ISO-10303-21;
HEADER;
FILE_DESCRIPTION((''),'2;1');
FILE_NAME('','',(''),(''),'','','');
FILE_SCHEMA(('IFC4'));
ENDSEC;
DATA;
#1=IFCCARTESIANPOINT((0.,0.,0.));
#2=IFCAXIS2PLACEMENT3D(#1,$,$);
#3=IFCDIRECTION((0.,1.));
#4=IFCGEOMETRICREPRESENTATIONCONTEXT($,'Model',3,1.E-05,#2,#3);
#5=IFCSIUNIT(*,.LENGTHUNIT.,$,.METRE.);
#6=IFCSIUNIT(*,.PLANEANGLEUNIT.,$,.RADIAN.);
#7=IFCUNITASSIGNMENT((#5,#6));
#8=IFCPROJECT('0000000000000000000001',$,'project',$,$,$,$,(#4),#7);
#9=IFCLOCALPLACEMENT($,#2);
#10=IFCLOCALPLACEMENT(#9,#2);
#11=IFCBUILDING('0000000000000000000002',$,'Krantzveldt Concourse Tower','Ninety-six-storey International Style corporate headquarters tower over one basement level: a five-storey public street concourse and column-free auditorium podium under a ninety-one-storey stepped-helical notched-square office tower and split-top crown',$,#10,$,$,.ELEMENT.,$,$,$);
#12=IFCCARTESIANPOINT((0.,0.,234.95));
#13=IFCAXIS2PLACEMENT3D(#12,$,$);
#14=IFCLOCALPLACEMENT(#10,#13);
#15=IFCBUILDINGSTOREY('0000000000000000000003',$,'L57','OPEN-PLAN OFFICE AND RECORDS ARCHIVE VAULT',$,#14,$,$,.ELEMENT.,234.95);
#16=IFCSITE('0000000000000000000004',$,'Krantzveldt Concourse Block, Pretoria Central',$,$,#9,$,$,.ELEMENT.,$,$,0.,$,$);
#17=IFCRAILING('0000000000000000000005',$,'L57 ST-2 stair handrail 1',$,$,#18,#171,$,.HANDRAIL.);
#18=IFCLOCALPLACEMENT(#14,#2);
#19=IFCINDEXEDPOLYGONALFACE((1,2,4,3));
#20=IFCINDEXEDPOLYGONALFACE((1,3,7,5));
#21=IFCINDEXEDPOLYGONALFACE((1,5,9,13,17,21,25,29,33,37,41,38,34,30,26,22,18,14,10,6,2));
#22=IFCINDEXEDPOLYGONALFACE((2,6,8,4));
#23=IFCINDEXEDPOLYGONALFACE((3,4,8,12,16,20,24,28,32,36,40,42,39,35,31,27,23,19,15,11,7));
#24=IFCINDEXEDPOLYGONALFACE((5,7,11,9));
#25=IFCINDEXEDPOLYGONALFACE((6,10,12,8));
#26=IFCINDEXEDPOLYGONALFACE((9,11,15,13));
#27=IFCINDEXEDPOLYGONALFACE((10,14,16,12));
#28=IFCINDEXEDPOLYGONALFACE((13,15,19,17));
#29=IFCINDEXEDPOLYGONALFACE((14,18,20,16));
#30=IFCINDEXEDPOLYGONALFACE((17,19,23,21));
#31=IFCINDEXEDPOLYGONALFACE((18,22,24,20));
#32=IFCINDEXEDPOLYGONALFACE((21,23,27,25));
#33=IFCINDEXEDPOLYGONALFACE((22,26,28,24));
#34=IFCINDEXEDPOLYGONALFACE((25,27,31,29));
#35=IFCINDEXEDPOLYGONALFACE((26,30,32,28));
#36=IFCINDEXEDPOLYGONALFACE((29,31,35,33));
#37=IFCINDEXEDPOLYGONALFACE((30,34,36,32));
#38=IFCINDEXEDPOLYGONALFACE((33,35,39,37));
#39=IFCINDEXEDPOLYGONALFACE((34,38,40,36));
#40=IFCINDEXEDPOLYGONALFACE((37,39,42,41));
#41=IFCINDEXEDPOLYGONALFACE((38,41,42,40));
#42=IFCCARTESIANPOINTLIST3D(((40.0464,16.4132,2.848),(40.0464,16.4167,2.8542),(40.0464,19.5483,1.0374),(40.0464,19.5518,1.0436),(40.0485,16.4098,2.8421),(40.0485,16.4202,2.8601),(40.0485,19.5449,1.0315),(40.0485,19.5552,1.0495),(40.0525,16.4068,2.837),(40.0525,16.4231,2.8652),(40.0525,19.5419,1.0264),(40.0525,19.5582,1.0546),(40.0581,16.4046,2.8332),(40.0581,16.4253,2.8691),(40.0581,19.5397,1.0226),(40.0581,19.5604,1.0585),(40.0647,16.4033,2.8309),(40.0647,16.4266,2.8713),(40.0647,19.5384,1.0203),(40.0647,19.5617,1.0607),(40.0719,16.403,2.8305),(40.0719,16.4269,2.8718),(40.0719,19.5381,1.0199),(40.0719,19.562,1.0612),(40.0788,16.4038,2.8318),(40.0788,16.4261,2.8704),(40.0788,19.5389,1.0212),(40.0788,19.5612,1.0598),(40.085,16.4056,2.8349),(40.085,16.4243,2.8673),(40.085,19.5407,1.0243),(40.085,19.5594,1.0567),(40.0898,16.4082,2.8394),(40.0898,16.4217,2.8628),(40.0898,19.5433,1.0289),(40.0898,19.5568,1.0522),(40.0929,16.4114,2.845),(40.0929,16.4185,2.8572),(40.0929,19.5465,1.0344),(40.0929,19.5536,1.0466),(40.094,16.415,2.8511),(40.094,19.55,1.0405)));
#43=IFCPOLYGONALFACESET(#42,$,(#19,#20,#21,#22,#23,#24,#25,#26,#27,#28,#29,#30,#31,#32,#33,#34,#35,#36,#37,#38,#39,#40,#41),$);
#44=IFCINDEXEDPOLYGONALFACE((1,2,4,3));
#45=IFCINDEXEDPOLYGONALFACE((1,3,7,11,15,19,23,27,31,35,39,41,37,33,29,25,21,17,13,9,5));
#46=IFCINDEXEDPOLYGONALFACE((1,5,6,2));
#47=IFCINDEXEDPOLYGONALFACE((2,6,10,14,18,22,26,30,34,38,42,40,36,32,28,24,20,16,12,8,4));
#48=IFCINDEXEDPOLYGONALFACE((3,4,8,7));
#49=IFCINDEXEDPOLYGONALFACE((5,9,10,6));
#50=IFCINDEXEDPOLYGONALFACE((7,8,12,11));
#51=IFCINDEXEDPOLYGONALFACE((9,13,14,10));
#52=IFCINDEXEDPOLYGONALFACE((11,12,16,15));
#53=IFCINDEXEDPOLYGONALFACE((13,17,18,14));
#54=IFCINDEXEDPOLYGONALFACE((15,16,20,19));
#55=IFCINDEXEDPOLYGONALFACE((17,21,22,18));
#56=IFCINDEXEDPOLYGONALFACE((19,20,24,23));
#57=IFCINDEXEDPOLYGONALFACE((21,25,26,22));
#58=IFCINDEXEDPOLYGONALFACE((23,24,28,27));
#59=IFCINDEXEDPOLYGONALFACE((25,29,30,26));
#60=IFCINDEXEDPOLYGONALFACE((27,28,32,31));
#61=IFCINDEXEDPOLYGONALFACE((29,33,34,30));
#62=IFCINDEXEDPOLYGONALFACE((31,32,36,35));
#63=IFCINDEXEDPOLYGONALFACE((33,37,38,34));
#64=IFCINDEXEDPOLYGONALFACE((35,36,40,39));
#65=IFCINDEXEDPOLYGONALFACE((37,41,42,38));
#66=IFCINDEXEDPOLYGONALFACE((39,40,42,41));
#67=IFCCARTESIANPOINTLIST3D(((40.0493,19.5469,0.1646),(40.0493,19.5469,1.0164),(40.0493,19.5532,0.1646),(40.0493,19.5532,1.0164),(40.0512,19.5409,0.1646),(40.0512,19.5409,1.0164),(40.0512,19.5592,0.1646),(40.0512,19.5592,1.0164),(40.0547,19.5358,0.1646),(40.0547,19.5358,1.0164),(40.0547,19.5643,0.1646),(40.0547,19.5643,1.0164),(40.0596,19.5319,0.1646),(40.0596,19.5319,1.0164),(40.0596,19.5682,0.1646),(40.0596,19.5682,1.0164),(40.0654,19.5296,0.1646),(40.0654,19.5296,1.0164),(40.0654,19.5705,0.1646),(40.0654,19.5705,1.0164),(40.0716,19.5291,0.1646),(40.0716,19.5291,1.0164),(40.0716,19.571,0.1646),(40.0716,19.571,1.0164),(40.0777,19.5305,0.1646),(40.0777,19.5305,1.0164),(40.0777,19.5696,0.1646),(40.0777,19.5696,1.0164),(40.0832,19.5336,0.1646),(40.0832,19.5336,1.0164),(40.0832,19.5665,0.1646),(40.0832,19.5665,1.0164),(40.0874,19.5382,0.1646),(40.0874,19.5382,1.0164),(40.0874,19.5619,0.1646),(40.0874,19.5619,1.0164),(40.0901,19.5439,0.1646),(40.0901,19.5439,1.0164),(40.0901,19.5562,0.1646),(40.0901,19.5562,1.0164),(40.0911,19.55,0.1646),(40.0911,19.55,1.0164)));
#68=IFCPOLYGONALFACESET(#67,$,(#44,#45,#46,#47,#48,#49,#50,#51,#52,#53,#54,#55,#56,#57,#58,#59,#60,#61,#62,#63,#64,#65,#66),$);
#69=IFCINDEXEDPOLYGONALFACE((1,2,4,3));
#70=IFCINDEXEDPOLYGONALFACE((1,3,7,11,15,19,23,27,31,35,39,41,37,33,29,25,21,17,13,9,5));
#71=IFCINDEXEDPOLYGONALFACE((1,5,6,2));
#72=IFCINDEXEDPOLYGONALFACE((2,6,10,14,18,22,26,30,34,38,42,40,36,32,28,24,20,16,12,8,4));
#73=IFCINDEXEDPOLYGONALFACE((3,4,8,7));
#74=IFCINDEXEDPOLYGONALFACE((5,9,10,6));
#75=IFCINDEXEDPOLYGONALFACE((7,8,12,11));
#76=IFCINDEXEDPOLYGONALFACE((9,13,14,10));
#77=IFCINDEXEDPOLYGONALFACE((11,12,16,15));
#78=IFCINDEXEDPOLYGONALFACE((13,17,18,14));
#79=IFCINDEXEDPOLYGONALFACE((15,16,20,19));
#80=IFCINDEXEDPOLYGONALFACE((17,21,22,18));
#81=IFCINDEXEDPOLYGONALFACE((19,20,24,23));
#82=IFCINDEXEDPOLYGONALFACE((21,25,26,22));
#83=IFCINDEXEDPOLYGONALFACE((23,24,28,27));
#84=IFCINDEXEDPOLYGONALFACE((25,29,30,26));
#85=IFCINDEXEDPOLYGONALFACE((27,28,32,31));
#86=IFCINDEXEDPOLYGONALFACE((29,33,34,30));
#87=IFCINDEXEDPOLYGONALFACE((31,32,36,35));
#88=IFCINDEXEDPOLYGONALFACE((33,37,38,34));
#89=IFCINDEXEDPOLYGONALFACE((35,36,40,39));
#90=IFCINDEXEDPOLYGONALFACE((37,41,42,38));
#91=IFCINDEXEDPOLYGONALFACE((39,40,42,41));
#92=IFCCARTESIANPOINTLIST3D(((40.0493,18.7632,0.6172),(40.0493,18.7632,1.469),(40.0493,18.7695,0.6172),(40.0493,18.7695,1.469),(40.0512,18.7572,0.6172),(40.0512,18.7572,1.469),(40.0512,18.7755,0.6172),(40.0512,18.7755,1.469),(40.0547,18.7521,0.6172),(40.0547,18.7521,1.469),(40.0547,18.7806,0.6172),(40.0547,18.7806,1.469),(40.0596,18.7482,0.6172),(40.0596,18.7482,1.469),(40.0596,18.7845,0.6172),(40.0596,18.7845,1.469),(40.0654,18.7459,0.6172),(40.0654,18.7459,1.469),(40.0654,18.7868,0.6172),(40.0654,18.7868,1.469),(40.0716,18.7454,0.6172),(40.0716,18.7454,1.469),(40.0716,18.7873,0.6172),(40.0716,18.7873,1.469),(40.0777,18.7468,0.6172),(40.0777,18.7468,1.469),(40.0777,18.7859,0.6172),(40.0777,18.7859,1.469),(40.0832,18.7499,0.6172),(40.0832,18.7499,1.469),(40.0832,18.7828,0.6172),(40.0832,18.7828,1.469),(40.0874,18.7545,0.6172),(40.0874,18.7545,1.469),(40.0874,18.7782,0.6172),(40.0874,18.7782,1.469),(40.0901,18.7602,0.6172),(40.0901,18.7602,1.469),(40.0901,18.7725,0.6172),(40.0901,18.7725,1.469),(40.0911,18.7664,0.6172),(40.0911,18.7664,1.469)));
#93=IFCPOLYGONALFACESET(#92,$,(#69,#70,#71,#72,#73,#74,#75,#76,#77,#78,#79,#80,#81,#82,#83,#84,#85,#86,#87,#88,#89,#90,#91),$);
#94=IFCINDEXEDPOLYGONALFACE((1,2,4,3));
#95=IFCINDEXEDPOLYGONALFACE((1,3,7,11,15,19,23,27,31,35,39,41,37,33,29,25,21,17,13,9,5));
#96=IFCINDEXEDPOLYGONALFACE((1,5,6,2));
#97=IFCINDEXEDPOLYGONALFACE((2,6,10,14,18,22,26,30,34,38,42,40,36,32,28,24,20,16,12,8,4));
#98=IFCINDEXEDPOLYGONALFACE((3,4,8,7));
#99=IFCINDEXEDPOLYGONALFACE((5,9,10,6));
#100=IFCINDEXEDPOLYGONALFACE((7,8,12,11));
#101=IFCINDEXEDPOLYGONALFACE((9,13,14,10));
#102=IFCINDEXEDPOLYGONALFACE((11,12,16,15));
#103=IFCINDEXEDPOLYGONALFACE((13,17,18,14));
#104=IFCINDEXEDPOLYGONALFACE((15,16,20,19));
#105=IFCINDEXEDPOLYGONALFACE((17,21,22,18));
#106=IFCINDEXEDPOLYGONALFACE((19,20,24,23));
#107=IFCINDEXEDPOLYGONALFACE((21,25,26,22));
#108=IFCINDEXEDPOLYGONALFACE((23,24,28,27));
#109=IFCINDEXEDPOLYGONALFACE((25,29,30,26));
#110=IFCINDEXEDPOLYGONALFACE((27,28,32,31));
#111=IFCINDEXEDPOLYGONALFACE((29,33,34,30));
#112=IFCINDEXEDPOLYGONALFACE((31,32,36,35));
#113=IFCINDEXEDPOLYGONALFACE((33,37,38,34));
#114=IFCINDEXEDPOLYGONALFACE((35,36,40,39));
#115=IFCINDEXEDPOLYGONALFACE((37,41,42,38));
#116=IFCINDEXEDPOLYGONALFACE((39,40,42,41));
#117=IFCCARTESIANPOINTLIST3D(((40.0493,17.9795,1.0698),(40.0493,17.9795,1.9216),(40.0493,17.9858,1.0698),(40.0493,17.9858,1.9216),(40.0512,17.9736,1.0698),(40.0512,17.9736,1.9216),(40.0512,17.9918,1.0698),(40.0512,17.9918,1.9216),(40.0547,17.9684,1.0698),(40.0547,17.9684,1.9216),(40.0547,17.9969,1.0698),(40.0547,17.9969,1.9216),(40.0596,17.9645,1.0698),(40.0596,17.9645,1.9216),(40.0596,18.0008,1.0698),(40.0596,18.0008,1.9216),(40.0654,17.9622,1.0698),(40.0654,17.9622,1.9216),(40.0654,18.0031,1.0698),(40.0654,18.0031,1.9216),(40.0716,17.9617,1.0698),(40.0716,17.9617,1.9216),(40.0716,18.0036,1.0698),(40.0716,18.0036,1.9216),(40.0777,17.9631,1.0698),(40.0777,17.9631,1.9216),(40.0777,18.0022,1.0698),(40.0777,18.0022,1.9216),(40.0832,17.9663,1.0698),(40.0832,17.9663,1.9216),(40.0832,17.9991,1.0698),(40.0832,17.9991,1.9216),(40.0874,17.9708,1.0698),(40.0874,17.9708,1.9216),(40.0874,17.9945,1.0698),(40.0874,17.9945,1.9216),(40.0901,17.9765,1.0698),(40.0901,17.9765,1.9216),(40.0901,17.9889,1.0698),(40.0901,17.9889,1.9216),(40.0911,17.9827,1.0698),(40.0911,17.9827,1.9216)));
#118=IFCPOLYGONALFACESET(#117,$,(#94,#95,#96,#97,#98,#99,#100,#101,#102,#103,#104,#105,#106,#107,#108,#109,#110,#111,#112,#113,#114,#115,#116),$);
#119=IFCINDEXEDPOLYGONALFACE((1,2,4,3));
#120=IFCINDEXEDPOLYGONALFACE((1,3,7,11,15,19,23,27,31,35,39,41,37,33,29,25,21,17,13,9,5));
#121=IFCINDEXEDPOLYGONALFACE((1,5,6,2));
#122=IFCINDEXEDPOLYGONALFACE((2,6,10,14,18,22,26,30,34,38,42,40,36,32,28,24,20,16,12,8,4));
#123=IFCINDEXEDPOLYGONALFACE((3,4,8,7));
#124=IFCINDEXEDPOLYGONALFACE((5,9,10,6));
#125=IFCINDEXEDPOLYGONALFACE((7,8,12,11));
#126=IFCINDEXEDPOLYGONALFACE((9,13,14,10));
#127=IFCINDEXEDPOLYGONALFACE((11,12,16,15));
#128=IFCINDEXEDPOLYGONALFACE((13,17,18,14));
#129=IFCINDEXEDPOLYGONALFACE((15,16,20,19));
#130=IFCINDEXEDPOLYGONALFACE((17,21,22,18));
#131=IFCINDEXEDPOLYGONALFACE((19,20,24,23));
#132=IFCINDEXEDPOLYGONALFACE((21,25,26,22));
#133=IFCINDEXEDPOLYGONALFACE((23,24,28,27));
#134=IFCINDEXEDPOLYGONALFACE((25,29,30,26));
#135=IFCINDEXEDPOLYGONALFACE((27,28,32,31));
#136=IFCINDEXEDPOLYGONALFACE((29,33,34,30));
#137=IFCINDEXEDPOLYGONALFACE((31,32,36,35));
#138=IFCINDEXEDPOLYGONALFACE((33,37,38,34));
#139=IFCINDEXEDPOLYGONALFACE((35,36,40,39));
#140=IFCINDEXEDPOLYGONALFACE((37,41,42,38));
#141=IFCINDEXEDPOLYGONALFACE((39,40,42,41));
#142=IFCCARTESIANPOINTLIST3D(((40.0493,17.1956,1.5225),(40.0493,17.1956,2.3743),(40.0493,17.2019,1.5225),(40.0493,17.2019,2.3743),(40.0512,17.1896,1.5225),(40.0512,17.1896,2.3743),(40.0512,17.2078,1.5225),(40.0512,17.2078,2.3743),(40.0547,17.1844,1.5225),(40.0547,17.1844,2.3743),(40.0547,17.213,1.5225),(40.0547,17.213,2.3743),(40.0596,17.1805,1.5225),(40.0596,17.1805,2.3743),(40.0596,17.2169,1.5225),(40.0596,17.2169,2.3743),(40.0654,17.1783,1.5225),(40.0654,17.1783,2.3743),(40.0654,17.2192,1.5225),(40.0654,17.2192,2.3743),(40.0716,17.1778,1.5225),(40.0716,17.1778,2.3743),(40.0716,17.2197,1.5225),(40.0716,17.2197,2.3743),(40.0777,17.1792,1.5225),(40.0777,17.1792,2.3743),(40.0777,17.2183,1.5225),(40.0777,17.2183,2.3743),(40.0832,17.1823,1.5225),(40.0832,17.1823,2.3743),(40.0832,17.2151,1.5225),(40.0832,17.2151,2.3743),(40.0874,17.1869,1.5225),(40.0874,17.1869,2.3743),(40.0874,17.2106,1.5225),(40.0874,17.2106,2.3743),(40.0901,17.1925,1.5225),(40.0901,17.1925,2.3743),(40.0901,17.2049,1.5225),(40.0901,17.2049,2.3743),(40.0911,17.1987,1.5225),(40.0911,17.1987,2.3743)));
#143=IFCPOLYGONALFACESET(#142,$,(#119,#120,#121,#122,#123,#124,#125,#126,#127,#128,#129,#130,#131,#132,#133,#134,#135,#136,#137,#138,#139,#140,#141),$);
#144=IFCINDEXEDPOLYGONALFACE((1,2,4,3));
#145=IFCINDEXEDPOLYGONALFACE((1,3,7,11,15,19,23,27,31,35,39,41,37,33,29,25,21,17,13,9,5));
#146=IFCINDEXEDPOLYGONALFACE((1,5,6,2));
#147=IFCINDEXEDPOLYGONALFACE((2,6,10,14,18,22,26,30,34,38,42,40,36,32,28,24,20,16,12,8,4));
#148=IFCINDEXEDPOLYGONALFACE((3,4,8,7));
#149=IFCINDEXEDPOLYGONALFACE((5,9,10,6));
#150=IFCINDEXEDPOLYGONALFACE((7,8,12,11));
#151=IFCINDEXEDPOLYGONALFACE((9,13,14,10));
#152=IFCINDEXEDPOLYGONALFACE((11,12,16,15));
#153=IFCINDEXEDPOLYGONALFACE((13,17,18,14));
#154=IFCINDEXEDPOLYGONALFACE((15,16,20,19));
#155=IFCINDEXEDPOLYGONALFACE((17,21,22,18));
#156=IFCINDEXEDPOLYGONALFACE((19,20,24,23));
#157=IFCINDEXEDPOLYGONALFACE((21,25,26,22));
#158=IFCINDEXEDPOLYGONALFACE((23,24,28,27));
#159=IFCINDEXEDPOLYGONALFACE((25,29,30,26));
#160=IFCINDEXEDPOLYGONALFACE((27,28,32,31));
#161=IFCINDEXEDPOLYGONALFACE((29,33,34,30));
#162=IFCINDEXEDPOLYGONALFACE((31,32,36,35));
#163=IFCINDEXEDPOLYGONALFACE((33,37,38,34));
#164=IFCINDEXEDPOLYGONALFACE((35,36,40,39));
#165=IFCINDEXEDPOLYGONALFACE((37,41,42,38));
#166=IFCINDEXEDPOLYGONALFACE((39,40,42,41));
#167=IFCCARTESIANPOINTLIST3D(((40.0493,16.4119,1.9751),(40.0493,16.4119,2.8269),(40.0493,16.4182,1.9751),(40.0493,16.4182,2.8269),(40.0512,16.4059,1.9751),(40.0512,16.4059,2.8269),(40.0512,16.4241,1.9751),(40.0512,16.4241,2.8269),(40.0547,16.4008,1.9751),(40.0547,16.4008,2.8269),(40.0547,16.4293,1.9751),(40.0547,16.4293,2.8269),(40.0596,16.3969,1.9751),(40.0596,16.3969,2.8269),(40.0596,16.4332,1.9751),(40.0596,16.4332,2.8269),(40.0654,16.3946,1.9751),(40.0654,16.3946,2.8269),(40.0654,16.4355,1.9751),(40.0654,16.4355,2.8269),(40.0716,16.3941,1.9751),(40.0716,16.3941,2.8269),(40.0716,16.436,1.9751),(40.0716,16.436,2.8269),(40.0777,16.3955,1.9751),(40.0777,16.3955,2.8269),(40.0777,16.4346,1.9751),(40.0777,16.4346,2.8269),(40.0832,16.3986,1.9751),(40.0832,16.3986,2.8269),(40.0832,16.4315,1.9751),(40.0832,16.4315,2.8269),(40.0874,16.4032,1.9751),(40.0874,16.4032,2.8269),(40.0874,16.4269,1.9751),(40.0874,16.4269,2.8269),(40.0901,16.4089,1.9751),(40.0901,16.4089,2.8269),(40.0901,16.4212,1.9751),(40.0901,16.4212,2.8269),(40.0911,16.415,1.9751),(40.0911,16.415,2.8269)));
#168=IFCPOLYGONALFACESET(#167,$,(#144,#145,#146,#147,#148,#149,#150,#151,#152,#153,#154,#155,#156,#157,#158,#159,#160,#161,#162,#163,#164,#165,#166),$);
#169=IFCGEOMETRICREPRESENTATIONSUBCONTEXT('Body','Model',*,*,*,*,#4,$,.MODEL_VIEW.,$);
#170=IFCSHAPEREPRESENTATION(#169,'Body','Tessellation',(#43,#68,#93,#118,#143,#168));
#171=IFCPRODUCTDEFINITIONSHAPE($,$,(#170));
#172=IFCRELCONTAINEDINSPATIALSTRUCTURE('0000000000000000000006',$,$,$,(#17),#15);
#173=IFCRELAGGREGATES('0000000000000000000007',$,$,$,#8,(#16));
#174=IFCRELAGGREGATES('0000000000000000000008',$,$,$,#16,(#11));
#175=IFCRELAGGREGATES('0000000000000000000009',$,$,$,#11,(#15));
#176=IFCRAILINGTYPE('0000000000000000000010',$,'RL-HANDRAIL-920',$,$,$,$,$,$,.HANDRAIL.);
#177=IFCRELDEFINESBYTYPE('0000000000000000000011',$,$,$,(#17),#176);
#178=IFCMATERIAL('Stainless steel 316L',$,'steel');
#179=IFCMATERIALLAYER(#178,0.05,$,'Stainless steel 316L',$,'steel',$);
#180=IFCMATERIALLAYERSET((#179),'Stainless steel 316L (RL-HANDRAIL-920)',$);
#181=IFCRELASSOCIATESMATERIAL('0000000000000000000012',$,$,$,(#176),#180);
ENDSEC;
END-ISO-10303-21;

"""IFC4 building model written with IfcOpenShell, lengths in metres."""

from ifc_helpers import new_model, si_unit, direction, frame, origin, origin_2d, place, context, subcontext, project, spatial, circle, extrude, material, layer, layer_set, type_object, element, save


model = new_model("IFC4")

# Units and contexts
model_context = context("Model", 3, precision=1e-05, world=origin(), true_north=direction((0.0, 1.0)))
body_context = subcontext(model_context, "Body", "Model", "MODEL_VIEW")
ifc_project = project(units=[si_unit("LENGTHUNIT", "METRE"), si_unit("PLANEANGLEUNIT", "RADIAN")], contexts=[model_context])

# Site, building, storey
site_placement = place(None, origin())
site = spatial("IfcSite", under=ifc_project, at=site_placement, Name="Krantzveldt Concourse Block, Pretoria Central", CompositionType="ELEMENT", RefElevation=0.0)
building_placement = place(site_placement, origin())
building = spatial("IfcBuilding", under=site, at=building_placement, Name="Krantzveldt Concourse Tower", Description="Ninety-six-storey International Style corporate headquarters tower over one basement level: a five-storey public street concourse and column-free auditorium podium under a ninety-one-storey stepped-helical notched-square office tower and split-top crown", CompositionType="ELEMENT")
storey_placement = place(building_placement, frame((0.0, 0.0, 234.95)))
storey = spatial("IfcBuildingStorey", under=building, at=storey_placement, Name="L57", Description="OPEN-PLAN OFFICE AND RECORDS ARCHIVE VAULT", CompositionType="ELEMENT", Elevation=234.95)

# Shared definitions
ifc_material_1 = material(Name="Stainless steel 316L", Category="steel")

# Railing
ifc_layer_1 = layer(ifc_material_1, 0.05, Name="Stainless steel 316L", Category="steel")
ifc_layer_set_1 = layer_set([ifc_layer_1], Name="Stainless steel 316L (RL-HANDRAIL-920)")
railing_type_1 = type_object("IfcRailingType", Name="RL-HANDRAIL-920", PredefinedType="HANDRAIL", material=ifc_layer_set_1)
railing_1_placement = place(storey_placement, frame((40.0701, 19.55, 0.1646)))
element("IfcRailing", 1, at=railing_1_placement, inside=storey, type_object=railing_type_1, Name="L57 ST-2 stair handrail 1", PredefinedType="HANDRAIL", context=body_context, shape_type="SweptSolid", body=[
    extrude(circle(Radius=0.0239, at=origin_2d()), frame((0.0, 0.0, 0.876), z_axis=(0.0, -0.86596, 0.500114), x_axis=(1.0, 0.0, 0.0)), (0.0, 0.0, 1.0), 3.6204),
    extrude(circle(Radius=0.021, at=origin_2d()), origin(), (0.0, 0.0, 1.0), 0.8518),
    extrude(circle(Radius=0.021, at=origin_2d()), frame((0.0, -0.7837, 0.4526)), (0.0, 0.0, 1.0), 0.8518),
    extrude(circle(Radius=0.021, at=origin_2d()), frame((0.0, -1.5674, 0.9053)), (0.0, 0.0, 1.0), 0.8518),
    extrude(circle(Radius=0.021, at=origin_2d()), frame((0.0, -2.3513, 1.3579)), (0.0, 0.0, 1.0), 0.8518),
    extrude(circle(Radius=0.021, at=origin_2d()), frame((0.0, -3.135, 1.8105)), (0.0, 0.0, 1.0), 0.8518),
])

save(model, "model.ifc")
